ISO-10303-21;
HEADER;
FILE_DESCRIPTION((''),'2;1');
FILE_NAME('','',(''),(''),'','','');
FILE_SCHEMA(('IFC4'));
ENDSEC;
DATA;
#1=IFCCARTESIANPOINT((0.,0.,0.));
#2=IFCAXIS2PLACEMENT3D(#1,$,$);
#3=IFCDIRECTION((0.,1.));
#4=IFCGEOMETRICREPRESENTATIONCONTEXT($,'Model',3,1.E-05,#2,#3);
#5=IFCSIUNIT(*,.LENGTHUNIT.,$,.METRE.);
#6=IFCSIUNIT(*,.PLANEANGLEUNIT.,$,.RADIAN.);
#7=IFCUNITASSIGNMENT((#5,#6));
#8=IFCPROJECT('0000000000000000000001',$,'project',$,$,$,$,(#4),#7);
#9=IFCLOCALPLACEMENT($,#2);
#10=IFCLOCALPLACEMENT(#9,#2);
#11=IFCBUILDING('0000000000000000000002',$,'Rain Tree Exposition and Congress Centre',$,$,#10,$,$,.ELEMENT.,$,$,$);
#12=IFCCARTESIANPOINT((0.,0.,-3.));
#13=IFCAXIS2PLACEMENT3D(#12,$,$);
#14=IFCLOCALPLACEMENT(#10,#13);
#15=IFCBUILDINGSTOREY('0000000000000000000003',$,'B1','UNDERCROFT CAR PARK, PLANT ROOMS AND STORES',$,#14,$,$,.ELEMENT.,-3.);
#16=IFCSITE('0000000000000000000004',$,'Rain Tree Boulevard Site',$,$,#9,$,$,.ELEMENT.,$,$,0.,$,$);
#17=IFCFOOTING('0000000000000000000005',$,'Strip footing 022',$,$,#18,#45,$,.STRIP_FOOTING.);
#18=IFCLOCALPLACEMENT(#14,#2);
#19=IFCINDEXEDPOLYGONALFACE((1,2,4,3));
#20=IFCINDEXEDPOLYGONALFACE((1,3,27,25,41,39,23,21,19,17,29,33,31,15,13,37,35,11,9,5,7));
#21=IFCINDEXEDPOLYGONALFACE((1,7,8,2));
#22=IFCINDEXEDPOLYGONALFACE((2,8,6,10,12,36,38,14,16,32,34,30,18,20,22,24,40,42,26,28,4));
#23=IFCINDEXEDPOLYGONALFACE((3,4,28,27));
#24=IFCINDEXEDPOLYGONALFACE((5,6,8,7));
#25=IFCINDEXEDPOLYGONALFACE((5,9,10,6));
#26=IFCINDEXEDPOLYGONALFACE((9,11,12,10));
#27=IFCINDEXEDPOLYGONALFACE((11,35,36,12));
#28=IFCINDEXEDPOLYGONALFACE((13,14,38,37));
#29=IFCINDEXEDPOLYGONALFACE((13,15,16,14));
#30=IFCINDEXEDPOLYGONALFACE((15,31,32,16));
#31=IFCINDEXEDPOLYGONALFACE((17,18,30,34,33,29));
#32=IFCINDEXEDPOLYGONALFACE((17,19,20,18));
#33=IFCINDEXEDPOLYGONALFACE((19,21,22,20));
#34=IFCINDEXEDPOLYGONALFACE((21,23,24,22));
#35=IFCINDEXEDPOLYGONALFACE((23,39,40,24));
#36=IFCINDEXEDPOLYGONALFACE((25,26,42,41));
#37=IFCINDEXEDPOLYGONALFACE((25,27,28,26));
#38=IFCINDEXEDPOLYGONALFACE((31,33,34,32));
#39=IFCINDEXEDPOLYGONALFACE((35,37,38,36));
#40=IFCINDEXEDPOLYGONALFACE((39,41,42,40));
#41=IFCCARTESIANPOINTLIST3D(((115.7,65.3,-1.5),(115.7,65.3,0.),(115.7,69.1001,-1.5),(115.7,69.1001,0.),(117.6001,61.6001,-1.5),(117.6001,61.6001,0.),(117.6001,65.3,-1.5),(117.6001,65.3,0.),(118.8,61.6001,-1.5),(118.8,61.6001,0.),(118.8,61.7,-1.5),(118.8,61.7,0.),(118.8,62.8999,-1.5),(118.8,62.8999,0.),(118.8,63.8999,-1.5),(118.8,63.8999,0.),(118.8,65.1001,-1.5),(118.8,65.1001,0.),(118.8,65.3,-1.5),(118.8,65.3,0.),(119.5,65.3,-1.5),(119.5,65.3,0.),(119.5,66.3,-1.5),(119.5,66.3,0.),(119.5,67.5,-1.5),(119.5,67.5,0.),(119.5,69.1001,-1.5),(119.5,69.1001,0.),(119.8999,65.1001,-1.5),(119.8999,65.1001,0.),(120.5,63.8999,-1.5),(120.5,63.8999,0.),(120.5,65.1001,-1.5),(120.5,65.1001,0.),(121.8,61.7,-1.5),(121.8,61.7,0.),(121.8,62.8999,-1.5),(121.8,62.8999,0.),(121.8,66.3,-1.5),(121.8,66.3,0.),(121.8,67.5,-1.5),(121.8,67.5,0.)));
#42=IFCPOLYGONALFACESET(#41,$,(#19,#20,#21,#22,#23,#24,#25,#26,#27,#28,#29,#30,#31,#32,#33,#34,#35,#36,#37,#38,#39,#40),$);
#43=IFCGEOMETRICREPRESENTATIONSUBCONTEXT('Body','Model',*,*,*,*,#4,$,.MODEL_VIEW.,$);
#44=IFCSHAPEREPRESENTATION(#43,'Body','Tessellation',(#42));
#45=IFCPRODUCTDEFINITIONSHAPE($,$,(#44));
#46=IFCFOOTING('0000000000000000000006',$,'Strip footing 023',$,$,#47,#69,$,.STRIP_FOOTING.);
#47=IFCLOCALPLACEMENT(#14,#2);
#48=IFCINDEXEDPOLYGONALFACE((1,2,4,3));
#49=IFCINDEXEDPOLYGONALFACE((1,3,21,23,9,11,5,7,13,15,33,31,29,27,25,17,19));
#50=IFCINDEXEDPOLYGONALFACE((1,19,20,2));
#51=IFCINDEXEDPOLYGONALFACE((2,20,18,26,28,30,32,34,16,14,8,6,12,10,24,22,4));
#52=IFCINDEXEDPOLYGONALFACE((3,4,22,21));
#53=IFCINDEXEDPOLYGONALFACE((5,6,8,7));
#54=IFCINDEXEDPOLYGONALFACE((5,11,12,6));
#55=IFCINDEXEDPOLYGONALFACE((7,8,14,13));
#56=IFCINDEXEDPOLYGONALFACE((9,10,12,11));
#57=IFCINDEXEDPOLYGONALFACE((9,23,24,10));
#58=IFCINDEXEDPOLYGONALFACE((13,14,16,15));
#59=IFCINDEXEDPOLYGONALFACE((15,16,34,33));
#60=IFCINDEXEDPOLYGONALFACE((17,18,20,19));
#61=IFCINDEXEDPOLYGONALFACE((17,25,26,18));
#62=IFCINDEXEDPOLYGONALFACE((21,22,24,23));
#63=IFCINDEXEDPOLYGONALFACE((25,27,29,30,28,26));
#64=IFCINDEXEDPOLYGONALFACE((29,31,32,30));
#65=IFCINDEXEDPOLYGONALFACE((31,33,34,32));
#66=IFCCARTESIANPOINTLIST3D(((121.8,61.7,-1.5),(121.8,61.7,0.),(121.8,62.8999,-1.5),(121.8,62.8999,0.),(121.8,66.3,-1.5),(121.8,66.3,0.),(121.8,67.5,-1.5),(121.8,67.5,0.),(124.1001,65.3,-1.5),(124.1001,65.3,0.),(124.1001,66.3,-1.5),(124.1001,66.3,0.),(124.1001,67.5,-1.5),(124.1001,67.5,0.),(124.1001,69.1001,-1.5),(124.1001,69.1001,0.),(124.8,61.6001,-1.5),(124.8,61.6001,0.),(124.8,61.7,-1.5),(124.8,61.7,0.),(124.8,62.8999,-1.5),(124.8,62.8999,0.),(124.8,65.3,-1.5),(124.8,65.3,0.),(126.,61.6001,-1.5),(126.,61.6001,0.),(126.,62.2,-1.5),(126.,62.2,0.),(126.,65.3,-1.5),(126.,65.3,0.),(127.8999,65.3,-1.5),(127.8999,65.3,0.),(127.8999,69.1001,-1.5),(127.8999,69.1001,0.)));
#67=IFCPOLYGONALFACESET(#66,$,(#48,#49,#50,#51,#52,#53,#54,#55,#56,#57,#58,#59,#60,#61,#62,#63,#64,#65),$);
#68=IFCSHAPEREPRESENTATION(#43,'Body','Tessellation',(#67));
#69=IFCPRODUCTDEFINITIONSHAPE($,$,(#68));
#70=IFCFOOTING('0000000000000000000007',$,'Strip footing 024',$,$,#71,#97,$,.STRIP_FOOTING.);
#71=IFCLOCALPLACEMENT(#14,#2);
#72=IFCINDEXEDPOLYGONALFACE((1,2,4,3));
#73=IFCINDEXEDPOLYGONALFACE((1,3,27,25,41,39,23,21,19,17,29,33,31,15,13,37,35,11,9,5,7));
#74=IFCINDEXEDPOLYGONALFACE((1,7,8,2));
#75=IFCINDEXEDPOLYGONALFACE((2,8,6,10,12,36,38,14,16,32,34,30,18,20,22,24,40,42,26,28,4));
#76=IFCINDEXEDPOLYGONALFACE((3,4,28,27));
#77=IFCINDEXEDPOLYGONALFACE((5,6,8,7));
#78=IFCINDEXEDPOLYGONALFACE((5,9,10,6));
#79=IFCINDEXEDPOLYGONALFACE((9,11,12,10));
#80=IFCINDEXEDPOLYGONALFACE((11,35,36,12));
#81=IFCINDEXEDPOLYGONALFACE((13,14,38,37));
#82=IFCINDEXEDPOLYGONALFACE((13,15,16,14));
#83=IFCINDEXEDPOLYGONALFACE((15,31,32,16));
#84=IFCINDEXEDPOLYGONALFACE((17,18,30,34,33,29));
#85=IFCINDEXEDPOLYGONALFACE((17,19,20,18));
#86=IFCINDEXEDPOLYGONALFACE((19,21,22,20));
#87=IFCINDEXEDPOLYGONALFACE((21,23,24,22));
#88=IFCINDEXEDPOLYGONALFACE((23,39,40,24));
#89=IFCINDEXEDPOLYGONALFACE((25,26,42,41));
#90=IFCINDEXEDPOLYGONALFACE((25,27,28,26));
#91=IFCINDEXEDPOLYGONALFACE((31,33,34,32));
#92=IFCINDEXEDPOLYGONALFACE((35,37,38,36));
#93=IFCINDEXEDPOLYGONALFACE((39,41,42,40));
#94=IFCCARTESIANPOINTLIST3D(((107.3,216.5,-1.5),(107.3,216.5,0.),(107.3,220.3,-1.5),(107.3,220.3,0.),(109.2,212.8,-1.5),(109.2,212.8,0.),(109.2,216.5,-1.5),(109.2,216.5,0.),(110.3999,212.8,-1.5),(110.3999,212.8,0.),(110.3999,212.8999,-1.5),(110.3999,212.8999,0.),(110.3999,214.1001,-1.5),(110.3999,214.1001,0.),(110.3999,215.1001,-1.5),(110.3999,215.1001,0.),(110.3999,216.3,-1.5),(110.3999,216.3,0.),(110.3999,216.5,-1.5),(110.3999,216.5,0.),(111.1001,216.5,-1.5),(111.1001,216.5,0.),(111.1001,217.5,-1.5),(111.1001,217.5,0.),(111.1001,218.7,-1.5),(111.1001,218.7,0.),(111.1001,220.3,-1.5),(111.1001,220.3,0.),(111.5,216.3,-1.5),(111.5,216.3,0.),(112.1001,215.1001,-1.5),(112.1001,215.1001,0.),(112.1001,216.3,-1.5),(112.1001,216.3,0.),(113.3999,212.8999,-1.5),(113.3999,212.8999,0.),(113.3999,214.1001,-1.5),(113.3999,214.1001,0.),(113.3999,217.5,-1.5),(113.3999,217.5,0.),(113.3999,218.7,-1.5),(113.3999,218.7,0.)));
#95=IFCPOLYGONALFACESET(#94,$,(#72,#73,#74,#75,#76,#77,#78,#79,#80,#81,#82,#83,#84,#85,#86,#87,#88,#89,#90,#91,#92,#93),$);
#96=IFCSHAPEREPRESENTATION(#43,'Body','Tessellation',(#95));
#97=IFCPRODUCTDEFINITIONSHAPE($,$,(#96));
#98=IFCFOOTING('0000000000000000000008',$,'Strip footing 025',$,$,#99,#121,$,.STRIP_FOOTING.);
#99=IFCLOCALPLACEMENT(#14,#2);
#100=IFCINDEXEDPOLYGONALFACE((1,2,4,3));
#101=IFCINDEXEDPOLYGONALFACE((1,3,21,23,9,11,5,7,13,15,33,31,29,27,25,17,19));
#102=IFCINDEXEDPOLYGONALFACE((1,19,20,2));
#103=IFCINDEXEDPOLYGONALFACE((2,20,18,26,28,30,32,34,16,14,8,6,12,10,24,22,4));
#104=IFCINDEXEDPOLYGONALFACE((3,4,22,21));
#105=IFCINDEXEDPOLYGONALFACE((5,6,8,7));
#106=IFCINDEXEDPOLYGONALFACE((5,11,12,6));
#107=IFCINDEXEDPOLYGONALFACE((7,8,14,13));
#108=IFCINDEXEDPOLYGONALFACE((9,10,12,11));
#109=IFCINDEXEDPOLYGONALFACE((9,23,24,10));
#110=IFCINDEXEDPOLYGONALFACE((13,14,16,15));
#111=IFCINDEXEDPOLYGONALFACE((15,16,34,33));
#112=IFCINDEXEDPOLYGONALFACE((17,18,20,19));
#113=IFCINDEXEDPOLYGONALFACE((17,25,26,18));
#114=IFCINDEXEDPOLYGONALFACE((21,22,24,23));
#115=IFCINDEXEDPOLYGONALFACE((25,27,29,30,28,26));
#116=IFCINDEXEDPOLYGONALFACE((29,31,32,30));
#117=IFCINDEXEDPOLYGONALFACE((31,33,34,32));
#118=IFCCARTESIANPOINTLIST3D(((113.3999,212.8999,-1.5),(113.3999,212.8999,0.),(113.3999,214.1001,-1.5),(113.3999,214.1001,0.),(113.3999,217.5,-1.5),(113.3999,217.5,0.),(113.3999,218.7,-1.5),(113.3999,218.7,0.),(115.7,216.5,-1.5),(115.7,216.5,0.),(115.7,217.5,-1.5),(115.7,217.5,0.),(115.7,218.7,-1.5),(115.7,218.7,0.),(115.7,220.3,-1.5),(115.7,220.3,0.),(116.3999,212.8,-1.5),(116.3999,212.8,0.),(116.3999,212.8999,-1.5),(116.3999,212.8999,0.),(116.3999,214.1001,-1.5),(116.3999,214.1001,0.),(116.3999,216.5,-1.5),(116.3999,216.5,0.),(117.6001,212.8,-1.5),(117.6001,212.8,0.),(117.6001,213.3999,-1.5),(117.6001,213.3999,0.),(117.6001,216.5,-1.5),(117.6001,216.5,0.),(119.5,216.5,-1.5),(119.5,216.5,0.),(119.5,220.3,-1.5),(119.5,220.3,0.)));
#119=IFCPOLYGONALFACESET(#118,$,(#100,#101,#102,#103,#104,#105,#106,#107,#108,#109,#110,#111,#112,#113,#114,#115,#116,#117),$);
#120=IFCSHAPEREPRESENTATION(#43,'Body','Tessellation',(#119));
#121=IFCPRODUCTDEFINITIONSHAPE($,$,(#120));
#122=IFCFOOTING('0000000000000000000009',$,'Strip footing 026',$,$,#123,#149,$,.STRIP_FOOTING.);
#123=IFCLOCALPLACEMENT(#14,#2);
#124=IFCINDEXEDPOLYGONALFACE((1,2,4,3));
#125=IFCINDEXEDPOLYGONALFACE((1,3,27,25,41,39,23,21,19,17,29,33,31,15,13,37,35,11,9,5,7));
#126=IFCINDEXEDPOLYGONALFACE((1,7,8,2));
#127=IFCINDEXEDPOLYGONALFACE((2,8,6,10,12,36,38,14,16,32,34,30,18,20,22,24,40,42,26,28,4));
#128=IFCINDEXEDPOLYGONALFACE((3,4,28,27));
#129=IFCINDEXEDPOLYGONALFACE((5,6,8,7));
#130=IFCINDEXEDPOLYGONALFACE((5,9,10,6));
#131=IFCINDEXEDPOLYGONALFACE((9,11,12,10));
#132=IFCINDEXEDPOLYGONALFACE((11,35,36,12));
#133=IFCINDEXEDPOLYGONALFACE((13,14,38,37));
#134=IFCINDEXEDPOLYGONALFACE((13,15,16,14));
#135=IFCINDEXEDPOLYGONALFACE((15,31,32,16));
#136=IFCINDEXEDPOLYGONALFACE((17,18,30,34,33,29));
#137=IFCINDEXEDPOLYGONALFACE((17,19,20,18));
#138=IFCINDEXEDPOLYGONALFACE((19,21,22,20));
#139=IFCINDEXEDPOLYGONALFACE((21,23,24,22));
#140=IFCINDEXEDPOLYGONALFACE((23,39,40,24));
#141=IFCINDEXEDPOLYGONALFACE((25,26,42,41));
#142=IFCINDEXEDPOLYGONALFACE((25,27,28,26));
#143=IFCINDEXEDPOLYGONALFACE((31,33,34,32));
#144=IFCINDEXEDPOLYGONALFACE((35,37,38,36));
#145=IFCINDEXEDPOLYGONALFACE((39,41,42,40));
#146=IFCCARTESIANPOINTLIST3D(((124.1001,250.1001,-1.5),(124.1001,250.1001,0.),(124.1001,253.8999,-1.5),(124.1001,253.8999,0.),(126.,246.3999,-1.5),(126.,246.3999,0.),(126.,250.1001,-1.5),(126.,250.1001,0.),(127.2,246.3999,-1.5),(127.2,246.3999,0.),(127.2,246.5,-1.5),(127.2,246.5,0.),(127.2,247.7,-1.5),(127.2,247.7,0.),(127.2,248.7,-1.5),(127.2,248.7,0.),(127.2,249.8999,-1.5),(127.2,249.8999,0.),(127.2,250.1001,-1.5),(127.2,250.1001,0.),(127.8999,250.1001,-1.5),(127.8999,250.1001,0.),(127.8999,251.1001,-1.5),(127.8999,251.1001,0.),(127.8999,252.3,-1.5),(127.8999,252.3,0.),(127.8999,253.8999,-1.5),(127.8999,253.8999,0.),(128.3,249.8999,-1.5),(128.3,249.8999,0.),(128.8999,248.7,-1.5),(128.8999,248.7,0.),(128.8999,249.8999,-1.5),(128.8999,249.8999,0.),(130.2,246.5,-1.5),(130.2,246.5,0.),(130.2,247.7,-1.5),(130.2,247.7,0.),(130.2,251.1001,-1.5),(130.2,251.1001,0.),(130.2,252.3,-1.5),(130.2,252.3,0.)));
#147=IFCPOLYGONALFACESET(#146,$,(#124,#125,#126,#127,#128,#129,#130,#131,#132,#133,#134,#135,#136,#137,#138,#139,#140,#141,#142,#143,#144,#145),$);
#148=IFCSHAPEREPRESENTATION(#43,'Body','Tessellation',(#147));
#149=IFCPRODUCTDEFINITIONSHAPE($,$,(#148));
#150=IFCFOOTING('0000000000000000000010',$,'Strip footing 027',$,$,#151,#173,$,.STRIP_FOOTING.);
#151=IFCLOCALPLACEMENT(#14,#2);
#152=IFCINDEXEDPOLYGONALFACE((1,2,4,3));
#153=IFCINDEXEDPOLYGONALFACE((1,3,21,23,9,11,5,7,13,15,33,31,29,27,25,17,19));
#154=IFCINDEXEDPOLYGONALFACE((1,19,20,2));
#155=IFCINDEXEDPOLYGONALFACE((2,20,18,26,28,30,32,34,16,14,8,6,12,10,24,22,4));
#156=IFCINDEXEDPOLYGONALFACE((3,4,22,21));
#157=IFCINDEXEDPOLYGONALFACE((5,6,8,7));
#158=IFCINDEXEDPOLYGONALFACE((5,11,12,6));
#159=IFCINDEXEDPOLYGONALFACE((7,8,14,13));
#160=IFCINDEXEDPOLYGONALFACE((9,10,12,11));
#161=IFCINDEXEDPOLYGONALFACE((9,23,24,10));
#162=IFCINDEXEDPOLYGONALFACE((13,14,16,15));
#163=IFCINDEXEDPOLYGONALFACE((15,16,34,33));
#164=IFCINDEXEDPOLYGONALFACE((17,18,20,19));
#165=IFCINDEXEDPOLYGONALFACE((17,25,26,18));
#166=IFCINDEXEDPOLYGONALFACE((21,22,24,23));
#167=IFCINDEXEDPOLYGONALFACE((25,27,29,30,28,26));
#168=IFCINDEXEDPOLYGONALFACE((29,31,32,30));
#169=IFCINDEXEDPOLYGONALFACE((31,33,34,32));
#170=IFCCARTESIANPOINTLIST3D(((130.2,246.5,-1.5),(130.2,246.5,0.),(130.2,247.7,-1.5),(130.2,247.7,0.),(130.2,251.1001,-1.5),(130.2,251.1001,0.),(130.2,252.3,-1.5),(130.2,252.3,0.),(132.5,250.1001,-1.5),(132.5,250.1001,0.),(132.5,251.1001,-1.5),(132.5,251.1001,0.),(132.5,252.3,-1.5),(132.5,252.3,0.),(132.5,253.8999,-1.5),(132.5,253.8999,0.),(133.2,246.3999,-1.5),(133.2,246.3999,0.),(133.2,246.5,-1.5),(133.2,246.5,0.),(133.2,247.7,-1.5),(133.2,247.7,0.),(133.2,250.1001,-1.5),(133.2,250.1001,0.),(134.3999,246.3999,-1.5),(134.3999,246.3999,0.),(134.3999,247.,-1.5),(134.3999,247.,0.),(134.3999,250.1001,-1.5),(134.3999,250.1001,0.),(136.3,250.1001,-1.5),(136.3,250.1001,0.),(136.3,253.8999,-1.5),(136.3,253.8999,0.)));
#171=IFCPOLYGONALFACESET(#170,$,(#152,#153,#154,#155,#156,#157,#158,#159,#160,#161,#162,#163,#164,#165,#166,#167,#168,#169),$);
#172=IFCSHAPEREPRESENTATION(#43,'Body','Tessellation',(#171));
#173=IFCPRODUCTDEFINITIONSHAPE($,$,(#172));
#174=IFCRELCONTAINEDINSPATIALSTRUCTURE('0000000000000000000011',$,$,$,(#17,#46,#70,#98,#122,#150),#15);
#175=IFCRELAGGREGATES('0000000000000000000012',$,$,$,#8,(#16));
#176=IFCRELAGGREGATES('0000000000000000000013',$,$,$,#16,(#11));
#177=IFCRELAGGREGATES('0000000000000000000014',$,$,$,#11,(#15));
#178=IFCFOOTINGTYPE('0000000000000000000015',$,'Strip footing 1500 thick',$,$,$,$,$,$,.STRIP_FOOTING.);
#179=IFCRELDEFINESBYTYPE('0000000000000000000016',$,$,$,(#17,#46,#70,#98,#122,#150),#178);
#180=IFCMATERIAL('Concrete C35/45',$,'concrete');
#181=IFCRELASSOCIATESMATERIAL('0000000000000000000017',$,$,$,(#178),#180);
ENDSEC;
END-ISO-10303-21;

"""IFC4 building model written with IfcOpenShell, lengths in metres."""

from ifc_helpers import new_model, si_unit, direction, frame, origin, place, context, subcontext, project, spatial, polyline, outline, extrude, material, type_object, element, save


model = new_model("IFC4")

# Units and contexts
model_context = context("Model", 3, precision=1e-05, world=origin(), true_north=direction((0.0, 1.0)))
body_context = subcontext(model_context, "Body", "Model", "MODEL_VIEW")
ifc_project = project(units=[si_unit("LENGTHUNIT", "METRE"), si_unit("PLANEANGLEUNIT", "RADIAN")], contexts=[model_context])

# Site, building, storey
site_placement = place(None, origin())
site = spatial("IfcSite", under=ifc_project, at=site_placement, Name="Rain Tree Boulevard Site", CompositionType="ELEMENT", RefElevation=0.0)
building_placement = place(site_placement, origin())
building = spatial("IfcBuilding", under=site, at=building_placement, Name="Rain Tree Exposition and Congress Centre", CompositionType="ELEMENT")
storey_placement = place(building_placement, frame((0.0, 0.0, -3.0)))
storey = spatial("IfcBuildingStorey", under=building, at=storey_placement, Name="B1", Description="UNDERCROFT CAR PARK, PLANT ROOMS AND STORES", CompositionType="ELEMENT", Elevation=-3.0)

# Footings
ifc_material_1 = material(Name="Concrete C35/45", Category="concrete")
footing_type_1 = type_object("IfcFootingType", Name="Strip footing 1500 thick", PredefinedType="STRIP_FOOTING", material=ifc_material_1)
footing_1_placement = place(storey_placement, frame((0.0, 0.0, -1.5)))
element("IfcFooting", 1, at=footing_1_placement, inside=storey, type_object=footing_type_1, Name="Strip footing 022", PredefinedType="STRIP_FOOTING", context=body_context, shape_type="SweptSolid", body=[
    extrude(outline(polyline([(118.8, 61.6001), (118.8, 61.7), (121.8, 61.7), (121.8, 62.8999), (118.8, 62.8999), (118.8, 63.8999), (120.5, 63.8999), (120.5, 65.1001), (119.8999, 65.1001), (118.8, 65.1001), (118.8, 65.3), (119.5, 65.3), (119.5, 66.3), (121.8, 66.3), (121.8, 67.5), (119.5, 67.5), (119.5, 69.1001), (115.7, 69.1001), (115.7, 65.3), (117.6001, 65.3), (117.6001, 61.6001), (118.8, 61.6001)])), origin(), (0.0, 0.0, 1.0), 1.5),
])
footing_2_placement = place(storey_placement, frame((0.0, 0.0, -1.5)))
element("IfcFooting", 2, at=footing_2_placement, inside=storey, type_object=footing_type_1, Name="Strip footing 023", PredefinedType="STRIP_FOOTING", context=body_context, shape_type="SweptSolid", body=[
    extrude(outline(polyline([(124.1001, 67.5), (121.8, 67.5), (121.8, 66.3), (124.1001, 66.3), (124.1001, 65.3), (124.8, 65.3), (124.8, 62.8999), (121.8, 62.8999), (121.8, 61.7), (124.8, 61.7), (124.8, 61.6001), (126.0, 61.6001), (126.0, 62.2), (126.0, 65.3), (127.8999, 65.3), (127.8999, 69.1001), (124.1001, 69.1001), (124.1001, 67.5)])), origin(), (0.0, 0.0, 1.0), 1.5),
])
footing_3_placement = place(storey_placement, frame((0.0, 0.0, -1.5)))
element("IfcFooting", 3, at=footing_3_placement, inside=storey, type_object=footing_type_1, Name="Strip footing 024", PredefinedType="STRIP_FOOTING", context=body_context, shape_type="SweptSolid", body=[
    extrude(outline(polyline([(110.3999, 212.8), (110.3999, 212.8999), (113.3999, 212.8999), (113.3999, 214.1001), (110.3999, 214.1001), (110.3999, 215.1001), (112.1001, 215.1001), (112.1001, 216.3), (111.5, 216.3), (110.3999, 216.3), (110.3999, 216.5), (111.1001, 216.5), (111.1001, 217.5), (113.3999, 217.5), (113.3999, 218.7), (111.1001, 218.7), (111.1001, 220.3), (107.3, 220.3), (107.3, 216.5), (109.2, 216.5), (109.2, 212.8), (110.3999, 212.8)])), origin(), (0.0, 0.0, 1.0), 1.5),
])
footing_4_placement = place(storey_placement, frame((0.0, 0.0, -1.5)))
element("IfcFooting", 4, at=footing_4_placement, inside=storey, type_object=footing_type_1, Name="Strip footing 025", PredefinedType="STRIP_FOOTING", context=body_context, shape_type="SweptSolid", body=[
    extrude(outline(polyline([(115.7, 218.7), (113.3999, 218.7), (113.3999, 217.5), (115.7, 217.5), (115.7, 216.5), (116.3999, 216.5), (116.3999, 214.1001), (113.3999, 214.1001), (113.3999, 212.8999), (116.3999, 212.8999), (116.3999, 212.8), (117.6001, 212.8), (117.6001, 213.3999), (117.6001, 216.5), (119.5, 216.5), (119.5, 220.3), (115.7, 220.3), (115.7, 218.7)])), origin(), (0.0, 0.0, 1.0), 1.5),
])
footing_5_placement = place(storey_placement, frame((0.0, 0.0, -1.5)))
element("IfcFooting", 5, at=footing_5_placement, inside=storey, type_object=footing_type_1, Name="Strip footing 026", PredefinedType="STRIP_FOOTING", context=body_context, shape_type="SweptSolid", body=[
    extrude(outline(polyline([(127.2, 246.3999), (127.2, 246.5), (130.2, 246.5), (130.2, 247.7), (127.2, 247.7), (127.2, 248.7), (128.8999, 248.7), (128.8999, 249.8999), (128.3, 249.8999), (127.2, 249.8999), (127.2, 250.1001), (127.8999, 250.1001), (127.8999, 251.1001), (130.2, 251.1001), (130.2, 252.3), (127.8999, 252.3), (127.8999, 253.8999), (124.1001, 253.8999), (124.1001, 250.1001), (126.0, 250.1001), (126.0, 246.3999), (127.2, 246.3999)])), origin(), (0.0, 0.0, 1.0), 1.5),
])
footing_6_placement = place(storey_placement, frame((0.0, 0.0, -1.5)))
element("IfcFooting", 6, at=footing_6_placement, inside=storey, type_object=footing_type_1, Name="Strip footing 027", PredefinedType="STRIP_FOOTING", context=body_context, shape_type="SweptSolid", body=[
    extrude(outline(polyline([(132.5, 252.3), (130.2, 252.3), (130.2, 251.1001), (132.5, 251.1001), (132.5, 250.1001), (133.2, 250.1001), (133.2, 247.7), (130.2, 247.7), (130.2, 246.5), (133.2, 246.5), (133.2, 246.3999), (134.3999, 246.3999), (134.3999, 247.0), (134.3999, 250.1001), (136.3, 250.1001), (136.3, 253.8999), (132.5, 253.8999), (132.5, 252.3)])), origin(), (0.0, 0.0, 1.0), 1.5),
])

save(model, "model.ifc")
